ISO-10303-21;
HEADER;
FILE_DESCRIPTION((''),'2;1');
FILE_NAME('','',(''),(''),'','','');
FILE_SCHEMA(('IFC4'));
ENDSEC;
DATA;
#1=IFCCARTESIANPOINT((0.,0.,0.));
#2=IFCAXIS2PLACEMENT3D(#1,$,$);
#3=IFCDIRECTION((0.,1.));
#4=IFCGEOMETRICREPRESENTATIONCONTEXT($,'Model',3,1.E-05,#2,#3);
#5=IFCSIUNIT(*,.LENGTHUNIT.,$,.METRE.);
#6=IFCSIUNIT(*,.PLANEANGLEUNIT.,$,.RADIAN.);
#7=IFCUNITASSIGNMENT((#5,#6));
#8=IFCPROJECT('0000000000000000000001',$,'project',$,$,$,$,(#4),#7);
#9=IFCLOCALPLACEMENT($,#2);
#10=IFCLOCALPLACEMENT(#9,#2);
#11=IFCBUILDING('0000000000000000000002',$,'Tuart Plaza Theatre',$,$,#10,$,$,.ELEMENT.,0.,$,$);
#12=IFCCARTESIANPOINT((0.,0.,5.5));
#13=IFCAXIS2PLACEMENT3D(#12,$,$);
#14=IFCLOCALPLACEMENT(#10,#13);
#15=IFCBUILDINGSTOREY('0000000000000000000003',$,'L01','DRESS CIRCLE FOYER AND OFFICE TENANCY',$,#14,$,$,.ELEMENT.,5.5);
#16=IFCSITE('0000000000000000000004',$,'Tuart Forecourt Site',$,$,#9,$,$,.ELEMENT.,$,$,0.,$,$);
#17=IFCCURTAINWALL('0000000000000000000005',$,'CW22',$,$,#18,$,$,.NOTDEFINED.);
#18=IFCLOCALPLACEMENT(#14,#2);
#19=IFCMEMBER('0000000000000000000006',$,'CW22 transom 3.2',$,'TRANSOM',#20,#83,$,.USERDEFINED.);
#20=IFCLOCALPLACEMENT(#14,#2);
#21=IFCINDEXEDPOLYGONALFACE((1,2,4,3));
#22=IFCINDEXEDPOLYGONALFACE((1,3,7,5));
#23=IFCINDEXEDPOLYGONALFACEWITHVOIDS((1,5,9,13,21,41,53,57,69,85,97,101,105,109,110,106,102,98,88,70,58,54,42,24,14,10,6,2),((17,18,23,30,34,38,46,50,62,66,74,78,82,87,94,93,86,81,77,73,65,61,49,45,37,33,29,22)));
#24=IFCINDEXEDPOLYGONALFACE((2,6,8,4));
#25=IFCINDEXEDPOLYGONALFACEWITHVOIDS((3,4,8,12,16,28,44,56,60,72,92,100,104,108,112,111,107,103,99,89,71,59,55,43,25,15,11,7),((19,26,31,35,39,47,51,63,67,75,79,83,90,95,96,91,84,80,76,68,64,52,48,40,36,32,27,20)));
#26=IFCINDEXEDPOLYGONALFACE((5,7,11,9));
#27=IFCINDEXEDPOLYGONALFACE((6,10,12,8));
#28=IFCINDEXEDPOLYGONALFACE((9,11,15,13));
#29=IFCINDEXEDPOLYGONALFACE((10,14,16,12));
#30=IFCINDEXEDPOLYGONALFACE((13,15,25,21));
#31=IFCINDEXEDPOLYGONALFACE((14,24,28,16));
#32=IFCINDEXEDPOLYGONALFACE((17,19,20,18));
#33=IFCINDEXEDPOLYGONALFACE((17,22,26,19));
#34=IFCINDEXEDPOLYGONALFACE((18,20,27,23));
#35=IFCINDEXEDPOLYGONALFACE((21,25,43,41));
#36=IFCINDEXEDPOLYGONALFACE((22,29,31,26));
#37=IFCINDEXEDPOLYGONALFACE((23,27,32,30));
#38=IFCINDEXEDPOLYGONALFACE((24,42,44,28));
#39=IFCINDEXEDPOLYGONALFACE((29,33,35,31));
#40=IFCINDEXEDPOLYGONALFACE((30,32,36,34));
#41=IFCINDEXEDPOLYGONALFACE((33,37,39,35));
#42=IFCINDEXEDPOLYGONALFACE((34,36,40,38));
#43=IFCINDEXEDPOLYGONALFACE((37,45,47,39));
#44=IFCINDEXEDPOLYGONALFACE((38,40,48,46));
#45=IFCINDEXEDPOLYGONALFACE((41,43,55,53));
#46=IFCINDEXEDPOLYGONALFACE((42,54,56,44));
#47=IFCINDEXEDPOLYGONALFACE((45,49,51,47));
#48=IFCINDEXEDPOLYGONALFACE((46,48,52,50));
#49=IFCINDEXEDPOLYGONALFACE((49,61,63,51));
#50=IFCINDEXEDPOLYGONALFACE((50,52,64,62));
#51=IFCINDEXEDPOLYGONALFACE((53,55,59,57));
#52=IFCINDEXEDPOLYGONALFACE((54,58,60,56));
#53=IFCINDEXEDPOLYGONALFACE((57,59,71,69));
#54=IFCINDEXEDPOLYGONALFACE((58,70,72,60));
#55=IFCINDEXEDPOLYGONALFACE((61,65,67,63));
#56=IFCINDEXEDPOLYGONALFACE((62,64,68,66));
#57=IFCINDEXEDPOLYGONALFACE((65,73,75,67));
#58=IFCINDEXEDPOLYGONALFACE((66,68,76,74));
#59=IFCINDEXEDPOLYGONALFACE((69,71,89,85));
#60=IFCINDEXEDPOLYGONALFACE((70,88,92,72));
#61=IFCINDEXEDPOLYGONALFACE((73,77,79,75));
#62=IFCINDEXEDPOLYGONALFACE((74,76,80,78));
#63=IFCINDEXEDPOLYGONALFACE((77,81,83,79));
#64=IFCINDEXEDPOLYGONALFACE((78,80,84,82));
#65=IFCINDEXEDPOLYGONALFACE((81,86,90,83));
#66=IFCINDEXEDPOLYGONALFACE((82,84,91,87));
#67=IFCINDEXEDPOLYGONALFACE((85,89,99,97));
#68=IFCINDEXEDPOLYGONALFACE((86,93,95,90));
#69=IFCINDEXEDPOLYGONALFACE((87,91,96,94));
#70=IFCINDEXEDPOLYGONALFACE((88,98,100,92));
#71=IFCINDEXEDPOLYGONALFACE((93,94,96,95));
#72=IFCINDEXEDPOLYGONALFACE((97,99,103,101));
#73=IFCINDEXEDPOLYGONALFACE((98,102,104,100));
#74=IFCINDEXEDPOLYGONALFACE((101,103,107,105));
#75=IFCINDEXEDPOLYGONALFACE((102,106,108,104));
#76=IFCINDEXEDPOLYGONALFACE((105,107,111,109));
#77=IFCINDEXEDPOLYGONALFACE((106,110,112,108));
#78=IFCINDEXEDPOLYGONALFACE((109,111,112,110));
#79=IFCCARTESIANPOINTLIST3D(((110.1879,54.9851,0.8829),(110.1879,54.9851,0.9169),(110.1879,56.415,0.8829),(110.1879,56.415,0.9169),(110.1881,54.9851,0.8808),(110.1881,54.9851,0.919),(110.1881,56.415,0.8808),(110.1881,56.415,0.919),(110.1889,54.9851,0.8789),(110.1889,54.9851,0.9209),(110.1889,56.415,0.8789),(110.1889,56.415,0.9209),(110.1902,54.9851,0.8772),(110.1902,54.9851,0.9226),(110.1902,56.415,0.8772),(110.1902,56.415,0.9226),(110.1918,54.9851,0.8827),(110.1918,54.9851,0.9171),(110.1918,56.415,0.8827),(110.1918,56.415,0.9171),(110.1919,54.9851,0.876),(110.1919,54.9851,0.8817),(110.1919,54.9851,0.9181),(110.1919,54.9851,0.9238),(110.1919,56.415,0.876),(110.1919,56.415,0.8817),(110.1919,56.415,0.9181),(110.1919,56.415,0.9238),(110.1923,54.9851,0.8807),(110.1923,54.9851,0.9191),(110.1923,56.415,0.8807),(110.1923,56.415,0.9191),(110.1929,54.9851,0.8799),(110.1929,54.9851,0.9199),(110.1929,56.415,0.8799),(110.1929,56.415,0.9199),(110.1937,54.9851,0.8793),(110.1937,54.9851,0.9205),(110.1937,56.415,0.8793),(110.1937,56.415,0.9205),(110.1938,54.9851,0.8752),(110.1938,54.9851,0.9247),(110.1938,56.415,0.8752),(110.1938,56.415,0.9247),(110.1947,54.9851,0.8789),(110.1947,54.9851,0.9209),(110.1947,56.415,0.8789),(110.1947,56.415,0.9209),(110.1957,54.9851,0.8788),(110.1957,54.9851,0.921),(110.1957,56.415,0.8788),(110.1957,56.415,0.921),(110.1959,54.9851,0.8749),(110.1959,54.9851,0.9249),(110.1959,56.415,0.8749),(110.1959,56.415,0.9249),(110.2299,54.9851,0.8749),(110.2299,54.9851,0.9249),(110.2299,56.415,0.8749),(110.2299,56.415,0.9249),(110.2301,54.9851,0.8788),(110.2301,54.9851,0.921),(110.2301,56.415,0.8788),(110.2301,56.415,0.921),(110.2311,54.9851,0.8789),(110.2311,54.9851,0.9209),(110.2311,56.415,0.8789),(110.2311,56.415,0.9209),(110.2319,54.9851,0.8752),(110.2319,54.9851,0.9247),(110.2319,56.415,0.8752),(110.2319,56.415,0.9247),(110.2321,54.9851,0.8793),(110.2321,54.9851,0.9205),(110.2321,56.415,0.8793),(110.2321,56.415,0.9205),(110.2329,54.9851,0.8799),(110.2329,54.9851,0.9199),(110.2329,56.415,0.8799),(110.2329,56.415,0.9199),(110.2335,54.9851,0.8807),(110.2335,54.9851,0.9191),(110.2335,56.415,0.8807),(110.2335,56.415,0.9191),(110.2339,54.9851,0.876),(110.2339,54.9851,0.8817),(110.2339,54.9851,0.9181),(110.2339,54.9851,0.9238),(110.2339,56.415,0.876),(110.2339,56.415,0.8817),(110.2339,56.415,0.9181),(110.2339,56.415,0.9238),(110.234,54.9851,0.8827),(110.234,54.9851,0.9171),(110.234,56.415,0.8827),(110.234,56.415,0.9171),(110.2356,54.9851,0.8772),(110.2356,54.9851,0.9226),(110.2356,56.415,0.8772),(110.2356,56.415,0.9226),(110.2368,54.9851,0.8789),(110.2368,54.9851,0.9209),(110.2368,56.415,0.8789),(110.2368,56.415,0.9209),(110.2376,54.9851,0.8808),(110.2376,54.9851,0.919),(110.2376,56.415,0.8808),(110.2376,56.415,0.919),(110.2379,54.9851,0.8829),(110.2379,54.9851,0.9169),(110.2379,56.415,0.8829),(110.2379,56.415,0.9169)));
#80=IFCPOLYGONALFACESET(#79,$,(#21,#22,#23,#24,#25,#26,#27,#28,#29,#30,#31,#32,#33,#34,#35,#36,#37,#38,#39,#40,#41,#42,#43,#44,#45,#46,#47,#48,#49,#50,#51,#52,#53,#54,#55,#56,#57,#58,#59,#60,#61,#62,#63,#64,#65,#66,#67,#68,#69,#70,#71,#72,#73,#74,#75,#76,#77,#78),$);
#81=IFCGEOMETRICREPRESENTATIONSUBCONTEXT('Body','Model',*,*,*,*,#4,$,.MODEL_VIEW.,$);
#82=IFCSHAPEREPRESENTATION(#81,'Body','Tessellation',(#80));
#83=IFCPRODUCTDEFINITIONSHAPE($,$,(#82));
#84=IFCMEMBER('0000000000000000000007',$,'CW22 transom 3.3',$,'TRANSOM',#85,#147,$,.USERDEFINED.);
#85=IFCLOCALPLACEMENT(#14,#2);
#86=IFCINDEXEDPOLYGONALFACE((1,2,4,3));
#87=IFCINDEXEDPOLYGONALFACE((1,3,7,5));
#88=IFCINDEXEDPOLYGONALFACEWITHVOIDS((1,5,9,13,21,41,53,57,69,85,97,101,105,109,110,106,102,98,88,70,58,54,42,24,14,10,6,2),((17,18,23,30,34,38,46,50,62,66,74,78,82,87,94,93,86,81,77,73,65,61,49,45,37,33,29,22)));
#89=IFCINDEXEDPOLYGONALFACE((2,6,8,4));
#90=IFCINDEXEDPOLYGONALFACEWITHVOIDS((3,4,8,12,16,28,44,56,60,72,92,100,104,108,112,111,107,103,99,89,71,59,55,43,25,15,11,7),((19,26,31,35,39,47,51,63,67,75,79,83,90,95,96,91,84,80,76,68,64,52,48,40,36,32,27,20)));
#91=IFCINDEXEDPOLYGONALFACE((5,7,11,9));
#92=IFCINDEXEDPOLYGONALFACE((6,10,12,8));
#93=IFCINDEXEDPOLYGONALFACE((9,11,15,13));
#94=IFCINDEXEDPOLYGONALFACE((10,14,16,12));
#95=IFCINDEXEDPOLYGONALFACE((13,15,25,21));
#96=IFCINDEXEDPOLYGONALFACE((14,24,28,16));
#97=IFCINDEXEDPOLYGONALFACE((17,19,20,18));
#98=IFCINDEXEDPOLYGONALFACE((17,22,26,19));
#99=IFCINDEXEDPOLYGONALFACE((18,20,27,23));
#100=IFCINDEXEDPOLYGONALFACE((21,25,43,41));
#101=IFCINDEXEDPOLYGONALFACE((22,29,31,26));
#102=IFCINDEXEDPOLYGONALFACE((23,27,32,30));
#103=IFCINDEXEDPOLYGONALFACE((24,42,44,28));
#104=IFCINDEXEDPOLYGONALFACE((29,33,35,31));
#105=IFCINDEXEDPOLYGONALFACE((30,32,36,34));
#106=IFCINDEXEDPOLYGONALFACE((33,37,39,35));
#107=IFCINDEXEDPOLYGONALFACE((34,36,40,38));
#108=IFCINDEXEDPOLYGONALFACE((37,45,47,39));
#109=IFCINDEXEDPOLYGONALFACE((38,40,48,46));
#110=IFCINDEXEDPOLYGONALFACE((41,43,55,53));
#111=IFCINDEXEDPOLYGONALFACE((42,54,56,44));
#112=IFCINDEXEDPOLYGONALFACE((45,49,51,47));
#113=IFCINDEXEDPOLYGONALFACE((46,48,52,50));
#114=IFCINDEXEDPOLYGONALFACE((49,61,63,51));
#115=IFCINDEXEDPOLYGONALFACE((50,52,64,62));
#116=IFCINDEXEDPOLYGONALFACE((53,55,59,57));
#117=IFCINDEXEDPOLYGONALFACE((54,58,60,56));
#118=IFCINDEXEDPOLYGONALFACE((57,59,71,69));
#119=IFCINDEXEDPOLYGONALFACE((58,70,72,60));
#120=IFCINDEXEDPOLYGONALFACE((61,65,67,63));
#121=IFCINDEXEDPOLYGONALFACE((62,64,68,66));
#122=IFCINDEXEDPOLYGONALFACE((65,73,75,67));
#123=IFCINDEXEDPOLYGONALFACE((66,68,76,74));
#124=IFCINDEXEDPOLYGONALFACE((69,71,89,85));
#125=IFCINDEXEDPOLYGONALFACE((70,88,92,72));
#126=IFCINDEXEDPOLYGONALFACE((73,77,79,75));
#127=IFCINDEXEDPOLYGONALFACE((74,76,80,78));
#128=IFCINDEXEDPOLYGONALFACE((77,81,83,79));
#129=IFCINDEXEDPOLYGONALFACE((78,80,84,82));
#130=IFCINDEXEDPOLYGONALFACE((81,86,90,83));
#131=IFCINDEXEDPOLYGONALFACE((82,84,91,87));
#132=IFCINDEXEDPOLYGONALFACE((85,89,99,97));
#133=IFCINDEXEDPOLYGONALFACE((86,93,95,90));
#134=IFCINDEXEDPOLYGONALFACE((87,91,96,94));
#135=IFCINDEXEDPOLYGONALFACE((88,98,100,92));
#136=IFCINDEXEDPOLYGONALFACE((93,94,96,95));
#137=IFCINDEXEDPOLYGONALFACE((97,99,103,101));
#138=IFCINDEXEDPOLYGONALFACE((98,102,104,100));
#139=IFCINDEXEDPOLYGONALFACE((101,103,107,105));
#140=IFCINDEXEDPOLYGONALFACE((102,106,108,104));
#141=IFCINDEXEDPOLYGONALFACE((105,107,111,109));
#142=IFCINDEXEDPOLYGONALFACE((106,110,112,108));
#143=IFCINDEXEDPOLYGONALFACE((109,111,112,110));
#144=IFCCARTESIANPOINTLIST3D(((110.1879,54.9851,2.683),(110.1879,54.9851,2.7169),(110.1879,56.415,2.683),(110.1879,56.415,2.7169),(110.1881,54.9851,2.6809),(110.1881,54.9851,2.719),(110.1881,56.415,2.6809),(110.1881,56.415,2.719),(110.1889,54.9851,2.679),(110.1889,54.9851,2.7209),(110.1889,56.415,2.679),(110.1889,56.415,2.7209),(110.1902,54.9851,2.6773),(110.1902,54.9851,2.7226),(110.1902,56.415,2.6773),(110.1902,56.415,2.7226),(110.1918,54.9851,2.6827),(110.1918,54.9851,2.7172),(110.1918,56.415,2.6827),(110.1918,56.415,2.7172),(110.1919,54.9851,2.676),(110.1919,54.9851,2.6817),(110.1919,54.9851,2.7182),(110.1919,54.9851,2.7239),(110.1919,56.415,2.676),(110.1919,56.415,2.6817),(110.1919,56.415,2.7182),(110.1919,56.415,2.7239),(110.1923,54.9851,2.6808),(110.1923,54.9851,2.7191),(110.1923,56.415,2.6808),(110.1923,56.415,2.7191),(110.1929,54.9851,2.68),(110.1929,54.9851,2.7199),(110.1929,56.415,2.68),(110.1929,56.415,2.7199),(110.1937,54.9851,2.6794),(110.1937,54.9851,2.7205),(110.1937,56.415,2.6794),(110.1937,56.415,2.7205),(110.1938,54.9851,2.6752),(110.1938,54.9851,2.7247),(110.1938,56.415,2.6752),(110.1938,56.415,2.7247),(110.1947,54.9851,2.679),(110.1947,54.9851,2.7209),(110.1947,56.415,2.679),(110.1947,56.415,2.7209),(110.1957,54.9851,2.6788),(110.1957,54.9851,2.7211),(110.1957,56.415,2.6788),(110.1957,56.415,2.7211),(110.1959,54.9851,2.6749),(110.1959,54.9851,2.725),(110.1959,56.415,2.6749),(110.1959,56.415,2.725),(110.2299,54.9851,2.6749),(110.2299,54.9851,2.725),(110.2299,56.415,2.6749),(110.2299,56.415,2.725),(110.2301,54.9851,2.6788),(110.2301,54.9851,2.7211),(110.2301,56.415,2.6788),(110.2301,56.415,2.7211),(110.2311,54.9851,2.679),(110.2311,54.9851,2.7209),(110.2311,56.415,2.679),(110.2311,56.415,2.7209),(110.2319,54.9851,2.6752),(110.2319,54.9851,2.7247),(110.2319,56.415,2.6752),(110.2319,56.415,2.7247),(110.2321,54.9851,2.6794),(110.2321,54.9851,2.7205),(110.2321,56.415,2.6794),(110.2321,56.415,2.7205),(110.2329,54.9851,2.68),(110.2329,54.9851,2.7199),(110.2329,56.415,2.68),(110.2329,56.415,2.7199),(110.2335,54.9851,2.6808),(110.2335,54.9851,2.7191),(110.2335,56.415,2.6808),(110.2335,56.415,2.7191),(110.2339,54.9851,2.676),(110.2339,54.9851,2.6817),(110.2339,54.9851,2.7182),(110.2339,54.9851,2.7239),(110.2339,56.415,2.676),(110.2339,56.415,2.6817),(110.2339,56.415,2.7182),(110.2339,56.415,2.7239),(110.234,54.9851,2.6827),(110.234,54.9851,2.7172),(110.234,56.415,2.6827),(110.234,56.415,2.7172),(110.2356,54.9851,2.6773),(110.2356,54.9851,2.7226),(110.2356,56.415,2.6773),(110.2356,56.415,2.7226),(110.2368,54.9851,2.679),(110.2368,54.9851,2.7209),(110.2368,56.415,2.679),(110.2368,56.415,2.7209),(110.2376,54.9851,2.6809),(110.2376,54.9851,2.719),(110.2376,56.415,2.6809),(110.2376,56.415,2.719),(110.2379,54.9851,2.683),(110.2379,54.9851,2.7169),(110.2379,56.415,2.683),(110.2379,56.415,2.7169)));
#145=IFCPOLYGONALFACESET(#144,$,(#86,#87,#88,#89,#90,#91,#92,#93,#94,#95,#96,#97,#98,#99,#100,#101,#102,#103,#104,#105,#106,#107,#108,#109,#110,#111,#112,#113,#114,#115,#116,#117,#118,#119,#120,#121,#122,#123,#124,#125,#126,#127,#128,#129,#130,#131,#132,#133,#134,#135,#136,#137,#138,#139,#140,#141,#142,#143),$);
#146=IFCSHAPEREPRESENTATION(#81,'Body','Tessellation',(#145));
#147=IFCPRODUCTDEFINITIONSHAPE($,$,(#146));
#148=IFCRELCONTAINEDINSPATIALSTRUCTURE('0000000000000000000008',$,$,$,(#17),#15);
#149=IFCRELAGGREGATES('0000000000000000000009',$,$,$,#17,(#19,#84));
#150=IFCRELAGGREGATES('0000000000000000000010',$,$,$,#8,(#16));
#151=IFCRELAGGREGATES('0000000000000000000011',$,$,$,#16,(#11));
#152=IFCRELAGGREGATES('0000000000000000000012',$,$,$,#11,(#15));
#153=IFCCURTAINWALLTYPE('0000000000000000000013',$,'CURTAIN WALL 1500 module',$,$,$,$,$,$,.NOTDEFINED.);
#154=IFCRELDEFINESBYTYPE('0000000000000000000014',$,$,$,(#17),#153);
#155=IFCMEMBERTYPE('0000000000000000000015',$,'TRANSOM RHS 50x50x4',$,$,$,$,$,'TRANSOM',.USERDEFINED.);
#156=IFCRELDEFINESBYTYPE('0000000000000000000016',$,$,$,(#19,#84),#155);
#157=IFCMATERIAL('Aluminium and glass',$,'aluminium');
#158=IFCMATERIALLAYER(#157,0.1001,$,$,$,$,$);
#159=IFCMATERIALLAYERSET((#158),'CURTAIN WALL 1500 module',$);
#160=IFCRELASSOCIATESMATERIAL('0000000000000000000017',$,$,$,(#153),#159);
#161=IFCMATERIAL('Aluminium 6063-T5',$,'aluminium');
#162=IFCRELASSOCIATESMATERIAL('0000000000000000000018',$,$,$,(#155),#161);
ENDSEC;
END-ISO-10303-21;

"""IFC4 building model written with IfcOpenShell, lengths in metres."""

from ifc_helpers import new_model, si_unit, direction, frame, origin, origin_2d, place, context, subcontext, project, spatial, hollow_rectangle, extrude, material, layer, layer_set, material_profile, profile_set, type_object, element, aggregate, save


model = new_model("IFC4")

# Units and contexts
model_context = context("Model", 3, precision=1e-05, world=origin(), true_north=direction((0.0, 1.0)))
body_context = subcontext(model_context, "Body", "Model", "MODEL_VIEW")
ifc_project = project(units=[si_unit("LENGTHUNIT", "METRE"), si_unit("PLANEANGLEUNIT", "RADIAN")], contexts=[model_context])

# Site, building, storey
site_placement = place(None, origin())
site = spatial("IfcSite", under=ifc_project, at=site_placement, Name="Tuart Forecourt Site", CompositionType="ELEMENT", RefElevation=0.0)
building_placement = place(site_placement, origin())
building = spatial("IfcBuilding", under=site, at=building_placement, Name="Tuart Plaza Theatre", CompositionType="ELEMENT", ElevationOfRefHeight=0.0)
storey_placement = place(building_placement, frame((0.0, 0.0, 5.5)))
storey = spatial("IfcBuildingStorey", under=building, at=storey_placement, Name="L01", Description="DRESS CIRCLE FOYER AND OFFICE TENANCY", CompositionType="ELEMENT", Elevation=5.5)

# Curtain wall, members
ifc_material_1 = material(Name="Aluminium and glass", Category="aluminium")
ifc_layer_1 = layer(ifc_material_1, 0.1001)
ifc_layer_set_1 = layer_set([ifc_layer_1], Name="CURTAIN WALL 1500 module")
curtain_wall_type = type_object("IfcCurtainWallType", Name="CURTAIN WALL 1500 module", PredefinedType="NOTDEFINED", material=ifc_layer_set_1)
curtain_wall_placement = place(storey_placement, origin())
curtain_wall = element("IfcCurtainWall", 1, at=curtain_wall_placement, inside=storey, type_object=curtain_wall_type, Name="CW22", PredefinedType="NOTDEFINED")
ifc_material_2 = material(Name="Aluminium 6063-T5", Category="aluminium")
ifc_material_profile_1 = material_profile(ifc_material_2, hollow_rectangle(XDim=0.05, YDim=0.05, WallThickness=0.0039, InnerFilletRadius=0.0039, OuterFilletRadius=0.0081, at=origin_2d()), Name="RHS 50x50x4")
ifc_profile_set_1 = profile_set([ifc_material_profile_1], Name="Aluminium 6063-T5")
member_type_1 = type_object("IfcMemberType", Name="TRANSOM RHS 50x50x4", ElementType="TRANSOM", PredefinedType="USERDEFINED", material=ifc_profile_set_1)
member_1_placement = place(storey_placement, frame((110.2129, 54.9851, 0.8999), z_axis=(0.0, 1.0, 0.0), x_axis=(-1.0, 0.0, 0.0)))
member_1 = element("IfcMember", 2, at=member_1_placement, type_object=member_type_1, Name="CW22 transom 3.2", ObjectType="TRANSOM", PredefinedType="USERDEFINED", context=body_context, shape_type="SweptSolid", body=[
    extrude(hollow_rectangle(XDim=0.05, YDim=0.05, WallThickness=0.0039, InnerFilletRadius=0.0039, OuterFilletRadius=0.0081, at=origin_2d()), origin(), (0.0, 0.0, 1.0), 1.4299),
])
member_2_placement = place(storey_placement, frame((110.2129, 54.9851, 2.7), z_axis=(0.0, 1.0, 0.0), x_axis=(-1.0, 0.0, 0.0)))
member_2 = element("IfcMember", 3, at=member_2_placement, type_object=member_type_1, Name="CW22 transom 3.3", ObjectType="TRANSOM", PredefinedType="USERDEFINED", context=body_context, shape_type="SweptSolid", body=[
    extrude(hollow_rectangle(XDim=0.05, YDim=0.05, WallThickness=0.0039, InnerFilletRadius=0.0039, OuterFilletRadius=0.0081, at=origin_2d()), origin(), (0.0, 0.0, 1.0), 1.4299),
])
aggregate(curtain_wall, [member_1, member_2])

save(model, "model.ifc")
